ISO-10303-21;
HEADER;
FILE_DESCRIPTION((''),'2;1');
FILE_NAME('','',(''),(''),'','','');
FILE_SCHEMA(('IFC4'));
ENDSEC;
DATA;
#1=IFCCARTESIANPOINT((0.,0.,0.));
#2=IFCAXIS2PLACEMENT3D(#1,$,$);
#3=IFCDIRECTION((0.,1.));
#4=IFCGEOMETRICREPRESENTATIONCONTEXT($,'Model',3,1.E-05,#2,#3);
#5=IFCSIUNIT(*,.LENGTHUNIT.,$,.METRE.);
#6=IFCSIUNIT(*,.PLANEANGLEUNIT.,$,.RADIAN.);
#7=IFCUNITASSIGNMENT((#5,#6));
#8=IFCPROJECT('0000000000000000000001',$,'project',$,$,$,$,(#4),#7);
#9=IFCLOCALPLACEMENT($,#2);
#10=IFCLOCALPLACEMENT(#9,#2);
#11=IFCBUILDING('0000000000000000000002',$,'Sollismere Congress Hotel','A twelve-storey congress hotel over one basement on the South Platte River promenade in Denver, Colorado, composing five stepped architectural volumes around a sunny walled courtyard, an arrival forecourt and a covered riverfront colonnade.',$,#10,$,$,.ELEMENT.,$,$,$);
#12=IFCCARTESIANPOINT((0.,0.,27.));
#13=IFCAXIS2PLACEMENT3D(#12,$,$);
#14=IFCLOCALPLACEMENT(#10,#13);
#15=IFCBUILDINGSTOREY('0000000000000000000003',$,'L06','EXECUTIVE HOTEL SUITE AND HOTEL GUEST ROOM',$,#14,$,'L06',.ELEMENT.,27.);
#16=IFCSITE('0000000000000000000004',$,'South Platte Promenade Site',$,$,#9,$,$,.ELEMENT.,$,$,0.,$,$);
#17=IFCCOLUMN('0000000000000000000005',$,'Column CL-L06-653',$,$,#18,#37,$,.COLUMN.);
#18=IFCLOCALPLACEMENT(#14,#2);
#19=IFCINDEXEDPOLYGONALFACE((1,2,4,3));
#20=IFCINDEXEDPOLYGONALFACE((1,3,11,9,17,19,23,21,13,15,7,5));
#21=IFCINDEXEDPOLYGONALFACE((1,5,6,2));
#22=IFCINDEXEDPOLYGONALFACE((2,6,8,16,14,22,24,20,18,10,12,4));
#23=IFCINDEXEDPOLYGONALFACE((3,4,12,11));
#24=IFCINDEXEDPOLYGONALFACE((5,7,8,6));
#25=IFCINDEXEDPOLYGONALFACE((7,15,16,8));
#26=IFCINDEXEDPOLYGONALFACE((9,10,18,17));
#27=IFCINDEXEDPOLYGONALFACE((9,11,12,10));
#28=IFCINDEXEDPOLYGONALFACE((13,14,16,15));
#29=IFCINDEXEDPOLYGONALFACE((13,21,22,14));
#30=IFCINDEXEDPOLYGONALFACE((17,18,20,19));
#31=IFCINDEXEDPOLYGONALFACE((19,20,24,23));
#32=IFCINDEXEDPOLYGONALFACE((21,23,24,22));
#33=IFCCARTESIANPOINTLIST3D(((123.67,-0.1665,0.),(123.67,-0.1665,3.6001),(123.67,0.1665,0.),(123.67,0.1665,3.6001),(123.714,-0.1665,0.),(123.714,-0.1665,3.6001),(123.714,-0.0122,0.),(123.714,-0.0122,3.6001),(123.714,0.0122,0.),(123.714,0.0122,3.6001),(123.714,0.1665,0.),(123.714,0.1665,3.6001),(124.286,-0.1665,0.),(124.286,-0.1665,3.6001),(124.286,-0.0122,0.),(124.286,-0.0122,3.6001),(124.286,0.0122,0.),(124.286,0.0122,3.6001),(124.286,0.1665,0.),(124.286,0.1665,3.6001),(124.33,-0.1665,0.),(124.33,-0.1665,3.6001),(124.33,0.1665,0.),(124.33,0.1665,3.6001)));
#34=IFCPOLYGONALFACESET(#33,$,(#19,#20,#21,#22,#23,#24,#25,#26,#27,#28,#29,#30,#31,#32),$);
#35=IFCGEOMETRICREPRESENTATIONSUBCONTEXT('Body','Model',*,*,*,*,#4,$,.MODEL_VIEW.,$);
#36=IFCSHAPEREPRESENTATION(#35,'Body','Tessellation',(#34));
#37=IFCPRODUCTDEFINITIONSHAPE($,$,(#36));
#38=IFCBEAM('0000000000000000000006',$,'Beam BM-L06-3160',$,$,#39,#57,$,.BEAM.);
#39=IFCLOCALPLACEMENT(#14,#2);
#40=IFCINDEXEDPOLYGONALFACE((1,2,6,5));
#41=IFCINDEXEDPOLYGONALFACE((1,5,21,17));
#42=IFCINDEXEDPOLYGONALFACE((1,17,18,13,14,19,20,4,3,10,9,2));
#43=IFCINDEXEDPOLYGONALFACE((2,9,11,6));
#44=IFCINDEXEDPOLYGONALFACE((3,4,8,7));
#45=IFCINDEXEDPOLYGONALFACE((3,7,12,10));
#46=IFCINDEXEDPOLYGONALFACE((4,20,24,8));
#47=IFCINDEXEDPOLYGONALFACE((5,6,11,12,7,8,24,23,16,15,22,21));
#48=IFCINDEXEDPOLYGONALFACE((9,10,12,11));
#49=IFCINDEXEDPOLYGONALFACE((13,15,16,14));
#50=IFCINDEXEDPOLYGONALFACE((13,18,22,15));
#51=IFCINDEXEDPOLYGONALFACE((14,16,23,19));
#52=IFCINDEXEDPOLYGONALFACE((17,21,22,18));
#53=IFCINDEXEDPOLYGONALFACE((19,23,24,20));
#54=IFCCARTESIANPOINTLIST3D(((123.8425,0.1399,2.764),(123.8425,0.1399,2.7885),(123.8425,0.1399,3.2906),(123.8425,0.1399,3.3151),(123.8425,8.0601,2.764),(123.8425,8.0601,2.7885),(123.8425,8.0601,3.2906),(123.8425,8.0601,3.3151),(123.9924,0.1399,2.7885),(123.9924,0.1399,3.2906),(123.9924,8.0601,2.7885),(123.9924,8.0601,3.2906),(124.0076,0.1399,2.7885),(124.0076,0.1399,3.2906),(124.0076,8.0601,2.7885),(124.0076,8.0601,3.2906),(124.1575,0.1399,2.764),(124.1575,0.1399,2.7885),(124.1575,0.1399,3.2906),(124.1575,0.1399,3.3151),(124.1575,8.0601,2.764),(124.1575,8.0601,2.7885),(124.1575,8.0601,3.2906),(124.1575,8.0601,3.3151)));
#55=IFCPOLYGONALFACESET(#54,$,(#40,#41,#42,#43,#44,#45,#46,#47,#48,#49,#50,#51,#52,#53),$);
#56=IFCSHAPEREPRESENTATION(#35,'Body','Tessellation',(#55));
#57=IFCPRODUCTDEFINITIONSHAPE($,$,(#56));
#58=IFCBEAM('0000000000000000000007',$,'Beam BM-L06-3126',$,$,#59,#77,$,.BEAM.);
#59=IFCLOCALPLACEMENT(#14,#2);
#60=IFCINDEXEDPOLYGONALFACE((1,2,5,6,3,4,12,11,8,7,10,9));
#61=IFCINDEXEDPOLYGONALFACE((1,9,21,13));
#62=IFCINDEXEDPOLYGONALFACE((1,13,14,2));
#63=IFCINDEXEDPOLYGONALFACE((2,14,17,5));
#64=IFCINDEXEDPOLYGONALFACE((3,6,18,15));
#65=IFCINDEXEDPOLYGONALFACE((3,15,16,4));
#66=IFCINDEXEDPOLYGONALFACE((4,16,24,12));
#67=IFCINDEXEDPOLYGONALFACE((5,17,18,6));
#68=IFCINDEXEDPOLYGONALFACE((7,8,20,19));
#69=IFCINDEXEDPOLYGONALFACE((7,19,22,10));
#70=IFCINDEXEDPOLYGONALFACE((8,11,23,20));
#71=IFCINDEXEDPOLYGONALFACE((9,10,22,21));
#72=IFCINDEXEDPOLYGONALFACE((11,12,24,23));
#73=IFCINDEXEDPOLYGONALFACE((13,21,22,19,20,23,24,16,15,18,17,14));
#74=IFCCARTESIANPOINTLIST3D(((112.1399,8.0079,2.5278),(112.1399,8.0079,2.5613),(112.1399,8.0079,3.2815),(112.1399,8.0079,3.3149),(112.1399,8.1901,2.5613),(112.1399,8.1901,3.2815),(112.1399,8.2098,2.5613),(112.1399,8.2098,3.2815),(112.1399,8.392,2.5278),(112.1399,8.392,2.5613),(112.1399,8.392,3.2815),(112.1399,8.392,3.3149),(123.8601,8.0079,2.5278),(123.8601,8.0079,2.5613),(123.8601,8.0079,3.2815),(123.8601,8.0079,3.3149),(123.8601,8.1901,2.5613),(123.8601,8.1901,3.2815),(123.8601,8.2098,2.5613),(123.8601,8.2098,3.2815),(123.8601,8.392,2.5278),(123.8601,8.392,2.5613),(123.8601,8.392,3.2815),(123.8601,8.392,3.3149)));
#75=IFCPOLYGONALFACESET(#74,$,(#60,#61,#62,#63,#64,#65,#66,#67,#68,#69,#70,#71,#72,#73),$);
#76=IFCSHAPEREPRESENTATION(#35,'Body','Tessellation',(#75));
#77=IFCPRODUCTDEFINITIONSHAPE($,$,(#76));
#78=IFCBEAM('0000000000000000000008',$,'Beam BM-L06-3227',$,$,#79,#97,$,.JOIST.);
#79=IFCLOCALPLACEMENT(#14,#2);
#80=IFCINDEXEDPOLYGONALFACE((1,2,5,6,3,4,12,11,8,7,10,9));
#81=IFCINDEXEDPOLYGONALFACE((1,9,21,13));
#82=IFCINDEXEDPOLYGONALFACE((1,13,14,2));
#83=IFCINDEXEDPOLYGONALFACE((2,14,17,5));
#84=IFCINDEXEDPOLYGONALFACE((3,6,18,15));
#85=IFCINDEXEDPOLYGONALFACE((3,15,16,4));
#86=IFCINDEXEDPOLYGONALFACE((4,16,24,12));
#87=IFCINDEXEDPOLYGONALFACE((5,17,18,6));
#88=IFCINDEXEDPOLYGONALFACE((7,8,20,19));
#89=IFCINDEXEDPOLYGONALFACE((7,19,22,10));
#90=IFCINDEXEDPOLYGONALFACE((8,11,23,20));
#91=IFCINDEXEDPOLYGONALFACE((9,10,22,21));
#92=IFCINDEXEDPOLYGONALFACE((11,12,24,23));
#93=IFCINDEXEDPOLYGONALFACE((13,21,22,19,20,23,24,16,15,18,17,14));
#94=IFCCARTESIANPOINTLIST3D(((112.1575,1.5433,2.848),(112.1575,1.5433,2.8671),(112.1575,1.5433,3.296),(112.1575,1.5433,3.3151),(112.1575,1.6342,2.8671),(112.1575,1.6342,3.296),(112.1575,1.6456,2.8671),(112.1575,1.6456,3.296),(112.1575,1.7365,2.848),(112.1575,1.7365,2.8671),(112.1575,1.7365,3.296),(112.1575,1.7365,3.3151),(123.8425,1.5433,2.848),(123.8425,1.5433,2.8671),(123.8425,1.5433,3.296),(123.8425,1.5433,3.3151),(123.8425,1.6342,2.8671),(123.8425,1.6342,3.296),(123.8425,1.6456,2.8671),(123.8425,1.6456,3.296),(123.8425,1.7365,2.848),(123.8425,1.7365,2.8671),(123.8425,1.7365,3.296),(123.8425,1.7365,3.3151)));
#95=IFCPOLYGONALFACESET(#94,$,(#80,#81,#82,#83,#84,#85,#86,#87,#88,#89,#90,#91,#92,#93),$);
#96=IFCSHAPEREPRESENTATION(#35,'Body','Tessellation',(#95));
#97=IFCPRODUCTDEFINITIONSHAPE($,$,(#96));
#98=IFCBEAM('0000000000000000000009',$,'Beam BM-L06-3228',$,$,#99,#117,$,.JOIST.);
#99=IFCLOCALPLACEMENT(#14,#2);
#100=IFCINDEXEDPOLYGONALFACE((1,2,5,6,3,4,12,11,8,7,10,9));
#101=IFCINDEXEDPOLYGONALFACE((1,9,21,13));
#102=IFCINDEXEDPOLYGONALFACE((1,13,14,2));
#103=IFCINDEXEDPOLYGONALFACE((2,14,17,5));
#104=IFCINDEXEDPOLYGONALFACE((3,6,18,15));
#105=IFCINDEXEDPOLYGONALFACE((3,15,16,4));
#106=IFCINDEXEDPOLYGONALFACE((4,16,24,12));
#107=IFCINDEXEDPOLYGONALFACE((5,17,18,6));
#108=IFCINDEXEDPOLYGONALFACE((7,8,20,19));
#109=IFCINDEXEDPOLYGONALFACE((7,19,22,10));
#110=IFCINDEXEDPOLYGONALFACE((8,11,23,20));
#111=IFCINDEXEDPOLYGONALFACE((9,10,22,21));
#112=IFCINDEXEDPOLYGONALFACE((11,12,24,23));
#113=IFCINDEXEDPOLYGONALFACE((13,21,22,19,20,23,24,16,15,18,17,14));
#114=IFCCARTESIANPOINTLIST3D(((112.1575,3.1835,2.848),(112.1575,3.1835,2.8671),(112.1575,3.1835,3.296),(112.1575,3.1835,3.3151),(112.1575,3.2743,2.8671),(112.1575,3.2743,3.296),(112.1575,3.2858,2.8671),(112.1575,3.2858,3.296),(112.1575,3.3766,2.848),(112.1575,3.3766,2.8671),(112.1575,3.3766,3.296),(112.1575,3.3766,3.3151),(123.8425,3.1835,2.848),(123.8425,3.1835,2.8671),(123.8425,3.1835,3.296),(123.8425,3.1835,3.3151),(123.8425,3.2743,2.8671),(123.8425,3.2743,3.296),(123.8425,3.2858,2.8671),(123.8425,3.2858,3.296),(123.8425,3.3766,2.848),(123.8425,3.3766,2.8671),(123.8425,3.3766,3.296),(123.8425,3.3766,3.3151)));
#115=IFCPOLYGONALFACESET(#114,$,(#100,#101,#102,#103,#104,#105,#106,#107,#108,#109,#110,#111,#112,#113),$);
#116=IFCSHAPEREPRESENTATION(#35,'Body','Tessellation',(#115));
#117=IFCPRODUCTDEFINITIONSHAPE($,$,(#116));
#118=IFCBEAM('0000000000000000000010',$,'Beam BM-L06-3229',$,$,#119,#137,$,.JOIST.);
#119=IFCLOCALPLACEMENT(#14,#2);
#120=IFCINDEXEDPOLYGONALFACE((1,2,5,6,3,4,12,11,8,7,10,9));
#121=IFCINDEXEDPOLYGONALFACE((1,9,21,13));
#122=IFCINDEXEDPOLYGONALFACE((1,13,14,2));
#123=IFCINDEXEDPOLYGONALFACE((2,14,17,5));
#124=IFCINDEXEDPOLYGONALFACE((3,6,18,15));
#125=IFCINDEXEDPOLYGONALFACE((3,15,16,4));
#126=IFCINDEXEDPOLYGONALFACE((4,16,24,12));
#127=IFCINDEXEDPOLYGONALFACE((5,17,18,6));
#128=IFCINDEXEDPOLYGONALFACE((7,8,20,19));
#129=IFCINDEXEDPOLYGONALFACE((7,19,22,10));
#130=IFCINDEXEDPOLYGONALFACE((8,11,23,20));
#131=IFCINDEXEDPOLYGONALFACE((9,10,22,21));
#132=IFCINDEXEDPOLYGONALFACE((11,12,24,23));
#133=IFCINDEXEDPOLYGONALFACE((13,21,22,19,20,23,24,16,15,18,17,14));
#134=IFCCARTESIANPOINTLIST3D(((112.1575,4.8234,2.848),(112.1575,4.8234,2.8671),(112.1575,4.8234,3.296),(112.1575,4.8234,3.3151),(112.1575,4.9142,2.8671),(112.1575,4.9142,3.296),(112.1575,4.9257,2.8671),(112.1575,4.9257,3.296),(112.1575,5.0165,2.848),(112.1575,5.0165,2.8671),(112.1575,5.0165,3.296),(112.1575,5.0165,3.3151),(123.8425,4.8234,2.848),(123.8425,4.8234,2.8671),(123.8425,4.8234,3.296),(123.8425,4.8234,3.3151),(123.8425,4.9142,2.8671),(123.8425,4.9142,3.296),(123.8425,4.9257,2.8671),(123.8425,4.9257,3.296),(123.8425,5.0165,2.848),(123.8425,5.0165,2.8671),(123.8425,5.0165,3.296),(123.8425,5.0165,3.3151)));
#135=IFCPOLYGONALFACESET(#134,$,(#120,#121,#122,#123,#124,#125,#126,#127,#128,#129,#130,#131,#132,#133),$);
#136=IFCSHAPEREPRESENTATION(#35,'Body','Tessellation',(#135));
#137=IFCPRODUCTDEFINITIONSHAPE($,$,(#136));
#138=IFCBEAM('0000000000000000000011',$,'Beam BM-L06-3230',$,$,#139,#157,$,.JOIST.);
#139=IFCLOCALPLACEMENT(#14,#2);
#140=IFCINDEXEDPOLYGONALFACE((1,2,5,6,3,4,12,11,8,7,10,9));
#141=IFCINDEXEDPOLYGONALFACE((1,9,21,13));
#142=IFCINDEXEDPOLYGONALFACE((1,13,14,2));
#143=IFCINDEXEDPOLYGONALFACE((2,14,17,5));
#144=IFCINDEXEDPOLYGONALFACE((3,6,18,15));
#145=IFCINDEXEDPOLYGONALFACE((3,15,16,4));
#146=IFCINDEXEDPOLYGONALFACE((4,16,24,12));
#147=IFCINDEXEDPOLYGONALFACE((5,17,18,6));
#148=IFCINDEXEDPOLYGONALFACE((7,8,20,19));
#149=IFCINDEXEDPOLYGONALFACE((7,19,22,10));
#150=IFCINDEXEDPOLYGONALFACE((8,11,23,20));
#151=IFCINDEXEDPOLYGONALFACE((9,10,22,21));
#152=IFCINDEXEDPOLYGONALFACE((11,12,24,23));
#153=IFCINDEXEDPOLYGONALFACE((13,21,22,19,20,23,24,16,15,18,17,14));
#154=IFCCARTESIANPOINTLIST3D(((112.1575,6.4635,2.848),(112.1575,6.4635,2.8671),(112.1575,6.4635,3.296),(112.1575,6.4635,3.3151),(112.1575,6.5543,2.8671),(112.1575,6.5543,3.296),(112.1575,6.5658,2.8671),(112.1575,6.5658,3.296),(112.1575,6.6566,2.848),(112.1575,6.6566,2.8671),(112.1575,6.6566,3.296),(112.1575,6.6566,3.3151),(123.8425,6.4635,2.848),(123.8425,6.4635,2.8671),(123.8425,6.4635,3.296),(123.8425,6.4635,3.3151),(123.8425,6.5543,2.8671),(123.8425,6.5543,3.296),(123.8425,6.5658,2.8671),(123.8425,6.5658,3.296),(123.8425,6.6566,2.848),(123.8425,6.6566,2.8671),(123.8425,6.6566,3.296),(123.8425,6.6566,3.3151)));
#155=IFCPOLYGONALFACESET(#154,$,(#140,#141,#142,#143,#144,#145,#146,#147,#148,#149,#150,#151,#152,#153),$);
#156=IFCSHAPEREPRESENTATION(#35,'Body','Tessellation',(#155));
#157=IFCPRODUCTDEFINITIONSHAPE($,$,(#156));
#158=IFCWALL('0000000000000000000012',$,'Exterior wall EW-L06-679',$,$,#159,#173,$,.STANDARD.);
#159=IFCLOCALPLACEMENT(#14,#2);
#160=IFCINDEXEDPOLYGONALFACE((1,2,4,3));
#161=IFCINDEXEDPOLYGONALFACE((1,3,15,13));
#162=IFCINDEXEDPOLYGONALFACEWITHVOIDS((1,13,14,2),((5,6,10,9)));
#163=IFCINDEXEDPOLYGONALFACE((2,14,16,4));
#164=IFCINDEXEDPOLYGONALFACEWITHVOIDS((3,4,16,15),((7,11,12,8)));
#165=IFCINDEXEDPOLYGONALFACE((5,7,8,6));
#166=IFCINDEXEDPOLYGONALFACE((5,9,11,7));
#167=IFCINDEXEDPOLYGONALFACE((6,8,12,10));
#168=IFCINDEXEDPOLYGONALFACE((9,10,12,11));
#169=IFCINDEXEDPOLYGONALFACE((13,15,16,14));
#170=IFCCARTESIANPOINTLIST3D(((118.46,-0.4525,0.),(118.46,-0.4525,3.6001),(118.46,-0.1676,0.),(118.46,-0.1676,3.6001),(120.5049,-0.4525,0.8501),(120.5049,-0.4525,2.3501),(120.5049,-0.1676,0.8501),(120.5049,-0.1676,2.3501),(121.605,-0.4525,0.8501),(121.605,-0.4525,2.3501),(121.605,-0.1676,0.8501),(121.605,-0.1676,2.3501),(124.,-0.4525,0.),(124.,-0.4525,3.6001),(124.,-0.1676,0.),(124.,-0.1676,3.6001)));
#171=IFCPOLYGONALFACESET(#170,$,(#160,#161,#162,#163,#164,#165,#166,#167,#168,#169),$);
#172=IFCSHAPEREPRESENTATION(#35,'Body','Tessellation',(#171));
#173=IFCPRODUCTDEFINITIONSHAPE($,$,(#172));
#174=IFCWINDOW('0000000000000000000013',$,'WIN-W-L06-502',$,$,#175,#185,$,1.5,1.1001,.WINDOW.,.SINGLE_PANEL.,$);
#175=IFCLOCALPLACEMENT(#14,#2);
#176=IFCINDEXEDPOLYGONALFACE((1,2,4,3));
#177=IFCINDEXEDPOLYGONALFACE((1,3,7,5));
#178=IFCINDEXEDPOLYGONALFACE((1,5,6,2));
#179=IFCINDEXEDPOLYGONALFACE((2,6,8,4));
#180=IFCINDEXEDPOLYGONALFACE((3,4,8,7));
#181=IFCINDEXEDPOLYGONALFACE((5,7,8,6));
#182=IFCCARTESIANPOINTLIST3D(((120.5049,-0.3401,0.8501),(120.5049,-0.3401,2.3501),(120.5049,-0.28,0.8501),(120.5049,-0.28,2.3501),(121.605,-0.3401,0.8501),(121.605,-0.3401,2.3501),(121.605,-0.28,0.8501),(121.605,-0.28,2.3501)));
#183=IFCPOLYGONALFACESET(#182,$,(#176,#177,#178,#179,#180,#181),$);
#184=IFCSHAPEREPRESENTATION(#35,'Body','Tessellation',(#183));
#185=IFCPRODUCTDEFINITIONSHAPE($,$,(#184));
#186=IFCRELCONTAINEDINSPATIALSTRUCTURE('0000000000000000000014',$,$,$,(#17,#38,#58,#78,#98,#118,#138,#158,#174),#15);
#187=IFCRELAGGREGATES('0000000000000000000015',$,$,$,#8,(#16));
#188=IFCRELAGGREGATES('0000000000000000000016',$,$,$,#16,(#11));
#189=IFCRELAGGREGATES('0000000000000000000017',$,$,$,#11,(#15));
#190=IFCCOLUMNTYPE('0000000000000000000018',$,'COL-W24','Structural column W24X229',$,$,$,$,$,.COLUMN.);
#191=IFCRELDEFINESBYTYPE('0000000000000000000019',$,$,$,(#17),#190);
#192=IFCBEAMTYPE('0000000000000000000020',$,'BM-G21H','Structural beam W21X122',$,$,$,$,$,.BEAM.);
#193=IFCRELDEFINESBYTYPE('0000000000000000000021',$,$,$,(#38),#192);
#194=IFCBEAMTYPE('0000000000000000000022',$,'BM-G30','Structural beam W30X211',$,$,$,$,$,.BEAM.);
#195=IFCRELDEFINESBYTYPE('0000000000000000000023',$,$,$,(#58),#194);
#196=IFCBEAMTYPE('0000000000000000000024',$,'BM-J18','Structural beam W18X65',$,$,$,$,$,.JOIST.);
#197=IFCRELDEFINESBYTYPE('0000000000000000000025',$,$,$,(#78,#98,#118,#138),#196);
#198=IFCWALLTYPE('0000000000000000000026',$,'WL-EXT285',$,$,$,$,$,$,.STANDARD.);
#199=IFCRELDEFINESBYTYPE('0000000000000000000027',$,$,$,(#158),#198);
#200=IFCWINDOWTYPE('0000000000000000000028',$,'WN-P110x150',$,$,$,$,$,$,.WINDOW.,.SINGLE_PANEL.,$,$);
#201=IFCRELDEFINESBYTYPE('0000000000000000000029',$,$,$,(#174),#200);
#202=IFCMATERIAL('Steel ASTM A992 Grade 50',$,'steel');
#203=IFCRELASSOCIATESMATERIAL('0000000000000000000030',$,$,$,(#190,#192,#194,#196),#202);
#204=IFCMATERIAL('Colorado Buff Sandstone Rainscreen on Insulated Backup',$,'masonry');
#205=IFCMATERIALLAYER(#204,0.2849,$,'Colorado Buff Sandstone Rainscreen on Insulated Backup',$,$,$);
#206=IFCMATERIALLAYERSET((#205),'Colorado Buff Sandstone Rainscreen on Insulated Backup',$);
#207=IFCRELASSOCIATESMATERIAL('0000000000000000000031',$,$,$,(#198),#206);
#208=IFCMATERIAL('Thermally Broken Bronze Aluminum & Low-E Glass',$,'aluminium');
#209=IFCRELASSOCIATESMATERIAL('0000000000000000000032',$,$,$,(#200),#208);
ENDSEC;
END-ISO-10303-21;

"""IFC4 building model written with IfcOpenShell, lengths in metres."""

from ifc_helpers import new_model, si_unit, direction, frame, frame_2d, origin, origin_2d, place, context, subcontext, project, spatial, rectangle, i_section, extrude, material, layer, layer_set, material_profile, profile_set, type_object, element, fill, save


model = new_model("IFC4")

# Units and contexts
model_context = context("Model", 3, precision=1e-05, world=origin(), true_north=direction((0.0, 1.0)))
body_context = subcontext(model_context, "Body", "Model", "MODEL_VIEW")
ifc_project = project(units=[si_unit("LENGTHUNIT", "METRE"), si_unit("PLANEANGLEUNIT", "RADIAN")], contexts=[model_context])

# Site, building, storey
site_placement = place(None, origin())
site = spatial("IfcSite", under=ifc_project, at=site_placement, Name="South Platte Promenade Site", CompositionType="ELEMENT", RefElevation=0.0)
building_placement = place(site_placement, origin())
building = spatial("IfcBuilding", under=site, at=building_placement, Name="Sollismere Congress Hotel", Description="A twelve-storey congress hotel over one basement on the South Platte River promenade in Denver, Colorado, composing five stepped architectural volumes around a sunny walled courtyard, an arrival forecourt and a covered riverfront colonnade.", CompositionType="ELEMENT")
storey_placement = place(building_placement, frame((0.0, 0.0, 27.0)))
storey = spatial("IfcBuildingStorey", under=building, at=storey_placement, Name="L06", Description="EXECUTIVE HOTEL SUITE AND HOTEL GUEST ROOM", LongName="L06", CompositionType="ELEMENT", Elevation=27.0)

# Column
ifc_material_1 = material(Name="Steel ASTM A992 Grade 50", Category="steel")
ifc_material_profile_1 = material_profile(ifc_material_1, i_section(OverallWidth=0.333, OverallDepth=0.6599, WebThickness=0.0244, FlangeThickness=0.0439, at=origin_2d()), Name="W24X229")
ifc_profile_set_1 = profile_set([ifc_material_profile_1], Name="Steel ASTM A992 Grade 50")
column_type = type_object("IfcColumnType", Name="COL-W24", Description="Structural column W24X229", PredefinedType="COLUMN", material=ifc_profile_set_1)
column_placement = place(storey_placement, frame((124.0, 0.0, 0.0), z_axis=(0.0, 0.0, 1.0), x_axis=(0.0, 1.0, 0.0)))
element("IfcColumn", 1, at=column_placement, inside=storey, type_object=column_type, Name="Column CL-L06-653", PredefinedType="COLUMN", context=body_context, shape_type="SweptSolid", body=[
    extrude(i_section(OverallWidth=0.333, OverallDepth=0.6599, WebThickness=0.0244, FlangeThickness=0.0439, at=origin_2d()), origin(), (0.0, 0.0, 1.0), 3.6001),
])

# Beams
ifc_material_profile_2 = material_profile(ifc_material_1, i_section(OverallWidth=0.3149, OverallDepth=0.551, WebThickness=0.0151, FlangeThickness=0.0244, at=origin_2d()), Name="W21X122")
ifc_profile_set_2 = profile_set([ifc_material_profile_2], Name="Steel ASTM A992 Grade 50")
beam_type_1 = type_object("IfcBeamType", Name="BM-G21H", Description="Structural beam W21X122", PredefinedType="BEAM", material=ifc_profile_set_2)
beam_1_placement = place(storey_placement, frame((124.0, 0.1399, 3.0396), z_axis=(0.0, 1.0, 0.0), x_axis=(-1.0, 0.0, 0.0)))
element("IfcBeam", 2, at=beam_1_placement, inside=storey, type_object=beam_type_1, Name="Beam BM-L06-3160", PredefinedType="BEAM", context=body_context, shape_type="SweptSolid", body=[
    extrude(i_section(OverallWidth=0.3149, OverallDepth=0.551, WebThickness=0.0151, FlangeThickness=0.0244, at=origin_2d()), origin(), (0.0, 0.0, 1.0), 7.9202),
])
ifc_material_profile_3 = material_profile(ifc_material_1, i_section(OverallWidth=0.384, OverallDepth=0.7871, WebThickness=0.0198, FlangeThickness=0.0334, at=origin_2d()), Name="W30X211")
ifc_profile_set_3 = profile_set([ifc_material_profile_3], Name="Steel ASTM A992 Grade 50")
beam_type_2 = type_object("IfcBeamType", Name="BM-G30", Description="Structural beam W30X211", PredefinedType="BEAM", material=ifc_profile_set_3)
beam_2_placement = place(storey_placement, frame((112.1399, 8.2, 2.9214), z_axis=(1.0, 0.0, 0.0), x_axis=(0.0, 1.0, 0.0)))
element("IfcBeam", 3, at=beam_2_placement, inside=storey, type_object=beam_type_2, Name="Beam BM-L06-3126", PredefinedType="BEAM", context=body_context, shape_type="SweptSolid", body=[
    extrude(i_section(OverallWidth=0.384, OverallDepth=0.7871, WebThickness=0.0198, FlangeThickness=0.0334, at=origin_2d()), origin(), (0.0, 0.0, 1.0), 11.7202),
])
ifc_material_profile_4 = material_profile(ifc_material_1, i_section(OverallWidth=0.1931, OverallDepth=0.467, WebThickness=0.0115, FlangeThickness=0.019, at=origin_2d()), Name="W18X65")
ifc_profile_set_4 = profile_set([ifc_material_profile_4], Name="Steel ASTM A992 Grade 50")
beam_type_3 = type_object("IfcBeamType", Name="BM-J18", Description="Structural beam W18X65", PredefinedType="JOIST", material=ifc_profile_set_4)
for number, where, z_axis, x_axis, name in (
    (4, (112.1575, 1.6399, 3.0815), (1.0, 0.0, 0.0), (0.0, 1.0, 0.0), "Beam BM-L06-3227"),
    (5, (112.1575, 3.28, 3.0815), (1.0, 0.0, 0.0), (0.0, 1.0, 0.0), "Beam BM-L06-3228"),
    (6, (112.1575, 4.9199, 3.0815), (1.0, 0.0, 0.0), (0.0, 1.0, 0.0), "Beam BM-L06-3229"),
    (7, (112.1575, 6.5601, 3.0815), (1.0, 0.0, 0.0), (0.0, 1.0, 0.0), "Beam BM-L06-3230"),
):
    element("IfcBeam", number, at=place(storey_placement, frame(where, z_axis=z_axis, x_axis=x_axis)), inside=storey, type_object=beam_type_3, Name=name, PredefinedType="JOIST", context=body_context, shape_type="SweptSolid", body=[
        extrude(i_section(OverallWidth=0.1931, OverallDepth=0.467, WebThickness=0.0115, FlangeThickness=0.019, at=origin_2d()), origin(), (0.0, 0.0, 1.0), 11.6851),
    ])

# Wall, opening, window
ifc_material_2 = material(Name="Colorado Buff Sandstone Rainscreen on Insulated Backup", Category="masonry")
ifc_layer_1 = layer(ifc_material_2, 0.2849, Name="Colorado Buff Sandstone Rainscreen on Insulated Backup")
ifc_layer_set_1 = layer_set([ifc_layer_1], Name="Colorado Buff Sandstone Rainscreen on Insulated Backup")
wall_type_1 = type_object("IfcWallType", Name="WL-EXT285", PredefinedType="STANDARD", material=ifc_layer_set_1)
wall_1_placement = place(storey_placement, frame((118.46, -0.3101, 0.0), z_axis=(0.0, 0.0, 1.0), x_axis=(1.0, 0.0, 0.0)))
wall_1 = element("IfcWall", 8, at=wall_1_placement, inside=storey, type_object=wall_type_1, Name="Exterior wall EW-L06-679", PredefinedType="STANDARD", context=body_context, shape_type="SweptSolid", body=[
    extrude(rectangle(XDim=5.54, YDim=0.2849, at=frame_2d((2.77, 0.0))), origin(), (0.0, 0.0, 1.0), 3.6001),
])
opening_1_placement = place(wall_1_placement, frame((2.0449, 0.0, 0.8501)))
opening_1 = element("IfcOpeningElement", 9, at=opening_1_placement, cuts=wall_1, PredefinedType="OPENING", context=body_context, shape_type="SweptSolid", body=[
    extrude(rectangle(XDim=1.1001, YDim=1.5, at=frame_2d((0.55, 0.75))), frame((0.0, 0.1523, 0.0), z_axis=(0.0, -1.0, 0.0), x_axis=(1.0, 0.0, 0.0)), (0.0, 0.0, 1.0), 0.3049),
])
ifc_material_3 = material(Name="Thermally Broken Bronze Aluminum & Low-E Glass", Category="aluminium")
window_type_1 = type_object("IfcWindowType", Name="WN-P110x150", PartitioningType="SINGLE_PANEL", PredefinedType="WINDOW", material=ifc_material_3)
window_1_placement = place(opening_1_placement, origin())
window_1 = element("IfcWindow", 10, at=window_1_placement, inside=storey, type_object=window_type_1, Name="WIN-W-L06-502", OverallHeight=1.5, OverallWidth=1.1001, PartitioningType="SINGLE_PANEL", PredefinedType="WINDOW", context=body_context, shape_type="SweptSolid", body=[
    extrude(rectangle(XDim=1.1001, YDim=1.5, at=frame_2d((0.55, 0.75))), frame((0.0, 0.03, 0.0), z_axis=(0.0, -1.0, 0.0), x_axis=(1.0, 0.0, 0.0)), (0.0, 0.0, 1.0), 0.0601),
])
fill(opening_1, window_1)

save(model, "model.ifc")
